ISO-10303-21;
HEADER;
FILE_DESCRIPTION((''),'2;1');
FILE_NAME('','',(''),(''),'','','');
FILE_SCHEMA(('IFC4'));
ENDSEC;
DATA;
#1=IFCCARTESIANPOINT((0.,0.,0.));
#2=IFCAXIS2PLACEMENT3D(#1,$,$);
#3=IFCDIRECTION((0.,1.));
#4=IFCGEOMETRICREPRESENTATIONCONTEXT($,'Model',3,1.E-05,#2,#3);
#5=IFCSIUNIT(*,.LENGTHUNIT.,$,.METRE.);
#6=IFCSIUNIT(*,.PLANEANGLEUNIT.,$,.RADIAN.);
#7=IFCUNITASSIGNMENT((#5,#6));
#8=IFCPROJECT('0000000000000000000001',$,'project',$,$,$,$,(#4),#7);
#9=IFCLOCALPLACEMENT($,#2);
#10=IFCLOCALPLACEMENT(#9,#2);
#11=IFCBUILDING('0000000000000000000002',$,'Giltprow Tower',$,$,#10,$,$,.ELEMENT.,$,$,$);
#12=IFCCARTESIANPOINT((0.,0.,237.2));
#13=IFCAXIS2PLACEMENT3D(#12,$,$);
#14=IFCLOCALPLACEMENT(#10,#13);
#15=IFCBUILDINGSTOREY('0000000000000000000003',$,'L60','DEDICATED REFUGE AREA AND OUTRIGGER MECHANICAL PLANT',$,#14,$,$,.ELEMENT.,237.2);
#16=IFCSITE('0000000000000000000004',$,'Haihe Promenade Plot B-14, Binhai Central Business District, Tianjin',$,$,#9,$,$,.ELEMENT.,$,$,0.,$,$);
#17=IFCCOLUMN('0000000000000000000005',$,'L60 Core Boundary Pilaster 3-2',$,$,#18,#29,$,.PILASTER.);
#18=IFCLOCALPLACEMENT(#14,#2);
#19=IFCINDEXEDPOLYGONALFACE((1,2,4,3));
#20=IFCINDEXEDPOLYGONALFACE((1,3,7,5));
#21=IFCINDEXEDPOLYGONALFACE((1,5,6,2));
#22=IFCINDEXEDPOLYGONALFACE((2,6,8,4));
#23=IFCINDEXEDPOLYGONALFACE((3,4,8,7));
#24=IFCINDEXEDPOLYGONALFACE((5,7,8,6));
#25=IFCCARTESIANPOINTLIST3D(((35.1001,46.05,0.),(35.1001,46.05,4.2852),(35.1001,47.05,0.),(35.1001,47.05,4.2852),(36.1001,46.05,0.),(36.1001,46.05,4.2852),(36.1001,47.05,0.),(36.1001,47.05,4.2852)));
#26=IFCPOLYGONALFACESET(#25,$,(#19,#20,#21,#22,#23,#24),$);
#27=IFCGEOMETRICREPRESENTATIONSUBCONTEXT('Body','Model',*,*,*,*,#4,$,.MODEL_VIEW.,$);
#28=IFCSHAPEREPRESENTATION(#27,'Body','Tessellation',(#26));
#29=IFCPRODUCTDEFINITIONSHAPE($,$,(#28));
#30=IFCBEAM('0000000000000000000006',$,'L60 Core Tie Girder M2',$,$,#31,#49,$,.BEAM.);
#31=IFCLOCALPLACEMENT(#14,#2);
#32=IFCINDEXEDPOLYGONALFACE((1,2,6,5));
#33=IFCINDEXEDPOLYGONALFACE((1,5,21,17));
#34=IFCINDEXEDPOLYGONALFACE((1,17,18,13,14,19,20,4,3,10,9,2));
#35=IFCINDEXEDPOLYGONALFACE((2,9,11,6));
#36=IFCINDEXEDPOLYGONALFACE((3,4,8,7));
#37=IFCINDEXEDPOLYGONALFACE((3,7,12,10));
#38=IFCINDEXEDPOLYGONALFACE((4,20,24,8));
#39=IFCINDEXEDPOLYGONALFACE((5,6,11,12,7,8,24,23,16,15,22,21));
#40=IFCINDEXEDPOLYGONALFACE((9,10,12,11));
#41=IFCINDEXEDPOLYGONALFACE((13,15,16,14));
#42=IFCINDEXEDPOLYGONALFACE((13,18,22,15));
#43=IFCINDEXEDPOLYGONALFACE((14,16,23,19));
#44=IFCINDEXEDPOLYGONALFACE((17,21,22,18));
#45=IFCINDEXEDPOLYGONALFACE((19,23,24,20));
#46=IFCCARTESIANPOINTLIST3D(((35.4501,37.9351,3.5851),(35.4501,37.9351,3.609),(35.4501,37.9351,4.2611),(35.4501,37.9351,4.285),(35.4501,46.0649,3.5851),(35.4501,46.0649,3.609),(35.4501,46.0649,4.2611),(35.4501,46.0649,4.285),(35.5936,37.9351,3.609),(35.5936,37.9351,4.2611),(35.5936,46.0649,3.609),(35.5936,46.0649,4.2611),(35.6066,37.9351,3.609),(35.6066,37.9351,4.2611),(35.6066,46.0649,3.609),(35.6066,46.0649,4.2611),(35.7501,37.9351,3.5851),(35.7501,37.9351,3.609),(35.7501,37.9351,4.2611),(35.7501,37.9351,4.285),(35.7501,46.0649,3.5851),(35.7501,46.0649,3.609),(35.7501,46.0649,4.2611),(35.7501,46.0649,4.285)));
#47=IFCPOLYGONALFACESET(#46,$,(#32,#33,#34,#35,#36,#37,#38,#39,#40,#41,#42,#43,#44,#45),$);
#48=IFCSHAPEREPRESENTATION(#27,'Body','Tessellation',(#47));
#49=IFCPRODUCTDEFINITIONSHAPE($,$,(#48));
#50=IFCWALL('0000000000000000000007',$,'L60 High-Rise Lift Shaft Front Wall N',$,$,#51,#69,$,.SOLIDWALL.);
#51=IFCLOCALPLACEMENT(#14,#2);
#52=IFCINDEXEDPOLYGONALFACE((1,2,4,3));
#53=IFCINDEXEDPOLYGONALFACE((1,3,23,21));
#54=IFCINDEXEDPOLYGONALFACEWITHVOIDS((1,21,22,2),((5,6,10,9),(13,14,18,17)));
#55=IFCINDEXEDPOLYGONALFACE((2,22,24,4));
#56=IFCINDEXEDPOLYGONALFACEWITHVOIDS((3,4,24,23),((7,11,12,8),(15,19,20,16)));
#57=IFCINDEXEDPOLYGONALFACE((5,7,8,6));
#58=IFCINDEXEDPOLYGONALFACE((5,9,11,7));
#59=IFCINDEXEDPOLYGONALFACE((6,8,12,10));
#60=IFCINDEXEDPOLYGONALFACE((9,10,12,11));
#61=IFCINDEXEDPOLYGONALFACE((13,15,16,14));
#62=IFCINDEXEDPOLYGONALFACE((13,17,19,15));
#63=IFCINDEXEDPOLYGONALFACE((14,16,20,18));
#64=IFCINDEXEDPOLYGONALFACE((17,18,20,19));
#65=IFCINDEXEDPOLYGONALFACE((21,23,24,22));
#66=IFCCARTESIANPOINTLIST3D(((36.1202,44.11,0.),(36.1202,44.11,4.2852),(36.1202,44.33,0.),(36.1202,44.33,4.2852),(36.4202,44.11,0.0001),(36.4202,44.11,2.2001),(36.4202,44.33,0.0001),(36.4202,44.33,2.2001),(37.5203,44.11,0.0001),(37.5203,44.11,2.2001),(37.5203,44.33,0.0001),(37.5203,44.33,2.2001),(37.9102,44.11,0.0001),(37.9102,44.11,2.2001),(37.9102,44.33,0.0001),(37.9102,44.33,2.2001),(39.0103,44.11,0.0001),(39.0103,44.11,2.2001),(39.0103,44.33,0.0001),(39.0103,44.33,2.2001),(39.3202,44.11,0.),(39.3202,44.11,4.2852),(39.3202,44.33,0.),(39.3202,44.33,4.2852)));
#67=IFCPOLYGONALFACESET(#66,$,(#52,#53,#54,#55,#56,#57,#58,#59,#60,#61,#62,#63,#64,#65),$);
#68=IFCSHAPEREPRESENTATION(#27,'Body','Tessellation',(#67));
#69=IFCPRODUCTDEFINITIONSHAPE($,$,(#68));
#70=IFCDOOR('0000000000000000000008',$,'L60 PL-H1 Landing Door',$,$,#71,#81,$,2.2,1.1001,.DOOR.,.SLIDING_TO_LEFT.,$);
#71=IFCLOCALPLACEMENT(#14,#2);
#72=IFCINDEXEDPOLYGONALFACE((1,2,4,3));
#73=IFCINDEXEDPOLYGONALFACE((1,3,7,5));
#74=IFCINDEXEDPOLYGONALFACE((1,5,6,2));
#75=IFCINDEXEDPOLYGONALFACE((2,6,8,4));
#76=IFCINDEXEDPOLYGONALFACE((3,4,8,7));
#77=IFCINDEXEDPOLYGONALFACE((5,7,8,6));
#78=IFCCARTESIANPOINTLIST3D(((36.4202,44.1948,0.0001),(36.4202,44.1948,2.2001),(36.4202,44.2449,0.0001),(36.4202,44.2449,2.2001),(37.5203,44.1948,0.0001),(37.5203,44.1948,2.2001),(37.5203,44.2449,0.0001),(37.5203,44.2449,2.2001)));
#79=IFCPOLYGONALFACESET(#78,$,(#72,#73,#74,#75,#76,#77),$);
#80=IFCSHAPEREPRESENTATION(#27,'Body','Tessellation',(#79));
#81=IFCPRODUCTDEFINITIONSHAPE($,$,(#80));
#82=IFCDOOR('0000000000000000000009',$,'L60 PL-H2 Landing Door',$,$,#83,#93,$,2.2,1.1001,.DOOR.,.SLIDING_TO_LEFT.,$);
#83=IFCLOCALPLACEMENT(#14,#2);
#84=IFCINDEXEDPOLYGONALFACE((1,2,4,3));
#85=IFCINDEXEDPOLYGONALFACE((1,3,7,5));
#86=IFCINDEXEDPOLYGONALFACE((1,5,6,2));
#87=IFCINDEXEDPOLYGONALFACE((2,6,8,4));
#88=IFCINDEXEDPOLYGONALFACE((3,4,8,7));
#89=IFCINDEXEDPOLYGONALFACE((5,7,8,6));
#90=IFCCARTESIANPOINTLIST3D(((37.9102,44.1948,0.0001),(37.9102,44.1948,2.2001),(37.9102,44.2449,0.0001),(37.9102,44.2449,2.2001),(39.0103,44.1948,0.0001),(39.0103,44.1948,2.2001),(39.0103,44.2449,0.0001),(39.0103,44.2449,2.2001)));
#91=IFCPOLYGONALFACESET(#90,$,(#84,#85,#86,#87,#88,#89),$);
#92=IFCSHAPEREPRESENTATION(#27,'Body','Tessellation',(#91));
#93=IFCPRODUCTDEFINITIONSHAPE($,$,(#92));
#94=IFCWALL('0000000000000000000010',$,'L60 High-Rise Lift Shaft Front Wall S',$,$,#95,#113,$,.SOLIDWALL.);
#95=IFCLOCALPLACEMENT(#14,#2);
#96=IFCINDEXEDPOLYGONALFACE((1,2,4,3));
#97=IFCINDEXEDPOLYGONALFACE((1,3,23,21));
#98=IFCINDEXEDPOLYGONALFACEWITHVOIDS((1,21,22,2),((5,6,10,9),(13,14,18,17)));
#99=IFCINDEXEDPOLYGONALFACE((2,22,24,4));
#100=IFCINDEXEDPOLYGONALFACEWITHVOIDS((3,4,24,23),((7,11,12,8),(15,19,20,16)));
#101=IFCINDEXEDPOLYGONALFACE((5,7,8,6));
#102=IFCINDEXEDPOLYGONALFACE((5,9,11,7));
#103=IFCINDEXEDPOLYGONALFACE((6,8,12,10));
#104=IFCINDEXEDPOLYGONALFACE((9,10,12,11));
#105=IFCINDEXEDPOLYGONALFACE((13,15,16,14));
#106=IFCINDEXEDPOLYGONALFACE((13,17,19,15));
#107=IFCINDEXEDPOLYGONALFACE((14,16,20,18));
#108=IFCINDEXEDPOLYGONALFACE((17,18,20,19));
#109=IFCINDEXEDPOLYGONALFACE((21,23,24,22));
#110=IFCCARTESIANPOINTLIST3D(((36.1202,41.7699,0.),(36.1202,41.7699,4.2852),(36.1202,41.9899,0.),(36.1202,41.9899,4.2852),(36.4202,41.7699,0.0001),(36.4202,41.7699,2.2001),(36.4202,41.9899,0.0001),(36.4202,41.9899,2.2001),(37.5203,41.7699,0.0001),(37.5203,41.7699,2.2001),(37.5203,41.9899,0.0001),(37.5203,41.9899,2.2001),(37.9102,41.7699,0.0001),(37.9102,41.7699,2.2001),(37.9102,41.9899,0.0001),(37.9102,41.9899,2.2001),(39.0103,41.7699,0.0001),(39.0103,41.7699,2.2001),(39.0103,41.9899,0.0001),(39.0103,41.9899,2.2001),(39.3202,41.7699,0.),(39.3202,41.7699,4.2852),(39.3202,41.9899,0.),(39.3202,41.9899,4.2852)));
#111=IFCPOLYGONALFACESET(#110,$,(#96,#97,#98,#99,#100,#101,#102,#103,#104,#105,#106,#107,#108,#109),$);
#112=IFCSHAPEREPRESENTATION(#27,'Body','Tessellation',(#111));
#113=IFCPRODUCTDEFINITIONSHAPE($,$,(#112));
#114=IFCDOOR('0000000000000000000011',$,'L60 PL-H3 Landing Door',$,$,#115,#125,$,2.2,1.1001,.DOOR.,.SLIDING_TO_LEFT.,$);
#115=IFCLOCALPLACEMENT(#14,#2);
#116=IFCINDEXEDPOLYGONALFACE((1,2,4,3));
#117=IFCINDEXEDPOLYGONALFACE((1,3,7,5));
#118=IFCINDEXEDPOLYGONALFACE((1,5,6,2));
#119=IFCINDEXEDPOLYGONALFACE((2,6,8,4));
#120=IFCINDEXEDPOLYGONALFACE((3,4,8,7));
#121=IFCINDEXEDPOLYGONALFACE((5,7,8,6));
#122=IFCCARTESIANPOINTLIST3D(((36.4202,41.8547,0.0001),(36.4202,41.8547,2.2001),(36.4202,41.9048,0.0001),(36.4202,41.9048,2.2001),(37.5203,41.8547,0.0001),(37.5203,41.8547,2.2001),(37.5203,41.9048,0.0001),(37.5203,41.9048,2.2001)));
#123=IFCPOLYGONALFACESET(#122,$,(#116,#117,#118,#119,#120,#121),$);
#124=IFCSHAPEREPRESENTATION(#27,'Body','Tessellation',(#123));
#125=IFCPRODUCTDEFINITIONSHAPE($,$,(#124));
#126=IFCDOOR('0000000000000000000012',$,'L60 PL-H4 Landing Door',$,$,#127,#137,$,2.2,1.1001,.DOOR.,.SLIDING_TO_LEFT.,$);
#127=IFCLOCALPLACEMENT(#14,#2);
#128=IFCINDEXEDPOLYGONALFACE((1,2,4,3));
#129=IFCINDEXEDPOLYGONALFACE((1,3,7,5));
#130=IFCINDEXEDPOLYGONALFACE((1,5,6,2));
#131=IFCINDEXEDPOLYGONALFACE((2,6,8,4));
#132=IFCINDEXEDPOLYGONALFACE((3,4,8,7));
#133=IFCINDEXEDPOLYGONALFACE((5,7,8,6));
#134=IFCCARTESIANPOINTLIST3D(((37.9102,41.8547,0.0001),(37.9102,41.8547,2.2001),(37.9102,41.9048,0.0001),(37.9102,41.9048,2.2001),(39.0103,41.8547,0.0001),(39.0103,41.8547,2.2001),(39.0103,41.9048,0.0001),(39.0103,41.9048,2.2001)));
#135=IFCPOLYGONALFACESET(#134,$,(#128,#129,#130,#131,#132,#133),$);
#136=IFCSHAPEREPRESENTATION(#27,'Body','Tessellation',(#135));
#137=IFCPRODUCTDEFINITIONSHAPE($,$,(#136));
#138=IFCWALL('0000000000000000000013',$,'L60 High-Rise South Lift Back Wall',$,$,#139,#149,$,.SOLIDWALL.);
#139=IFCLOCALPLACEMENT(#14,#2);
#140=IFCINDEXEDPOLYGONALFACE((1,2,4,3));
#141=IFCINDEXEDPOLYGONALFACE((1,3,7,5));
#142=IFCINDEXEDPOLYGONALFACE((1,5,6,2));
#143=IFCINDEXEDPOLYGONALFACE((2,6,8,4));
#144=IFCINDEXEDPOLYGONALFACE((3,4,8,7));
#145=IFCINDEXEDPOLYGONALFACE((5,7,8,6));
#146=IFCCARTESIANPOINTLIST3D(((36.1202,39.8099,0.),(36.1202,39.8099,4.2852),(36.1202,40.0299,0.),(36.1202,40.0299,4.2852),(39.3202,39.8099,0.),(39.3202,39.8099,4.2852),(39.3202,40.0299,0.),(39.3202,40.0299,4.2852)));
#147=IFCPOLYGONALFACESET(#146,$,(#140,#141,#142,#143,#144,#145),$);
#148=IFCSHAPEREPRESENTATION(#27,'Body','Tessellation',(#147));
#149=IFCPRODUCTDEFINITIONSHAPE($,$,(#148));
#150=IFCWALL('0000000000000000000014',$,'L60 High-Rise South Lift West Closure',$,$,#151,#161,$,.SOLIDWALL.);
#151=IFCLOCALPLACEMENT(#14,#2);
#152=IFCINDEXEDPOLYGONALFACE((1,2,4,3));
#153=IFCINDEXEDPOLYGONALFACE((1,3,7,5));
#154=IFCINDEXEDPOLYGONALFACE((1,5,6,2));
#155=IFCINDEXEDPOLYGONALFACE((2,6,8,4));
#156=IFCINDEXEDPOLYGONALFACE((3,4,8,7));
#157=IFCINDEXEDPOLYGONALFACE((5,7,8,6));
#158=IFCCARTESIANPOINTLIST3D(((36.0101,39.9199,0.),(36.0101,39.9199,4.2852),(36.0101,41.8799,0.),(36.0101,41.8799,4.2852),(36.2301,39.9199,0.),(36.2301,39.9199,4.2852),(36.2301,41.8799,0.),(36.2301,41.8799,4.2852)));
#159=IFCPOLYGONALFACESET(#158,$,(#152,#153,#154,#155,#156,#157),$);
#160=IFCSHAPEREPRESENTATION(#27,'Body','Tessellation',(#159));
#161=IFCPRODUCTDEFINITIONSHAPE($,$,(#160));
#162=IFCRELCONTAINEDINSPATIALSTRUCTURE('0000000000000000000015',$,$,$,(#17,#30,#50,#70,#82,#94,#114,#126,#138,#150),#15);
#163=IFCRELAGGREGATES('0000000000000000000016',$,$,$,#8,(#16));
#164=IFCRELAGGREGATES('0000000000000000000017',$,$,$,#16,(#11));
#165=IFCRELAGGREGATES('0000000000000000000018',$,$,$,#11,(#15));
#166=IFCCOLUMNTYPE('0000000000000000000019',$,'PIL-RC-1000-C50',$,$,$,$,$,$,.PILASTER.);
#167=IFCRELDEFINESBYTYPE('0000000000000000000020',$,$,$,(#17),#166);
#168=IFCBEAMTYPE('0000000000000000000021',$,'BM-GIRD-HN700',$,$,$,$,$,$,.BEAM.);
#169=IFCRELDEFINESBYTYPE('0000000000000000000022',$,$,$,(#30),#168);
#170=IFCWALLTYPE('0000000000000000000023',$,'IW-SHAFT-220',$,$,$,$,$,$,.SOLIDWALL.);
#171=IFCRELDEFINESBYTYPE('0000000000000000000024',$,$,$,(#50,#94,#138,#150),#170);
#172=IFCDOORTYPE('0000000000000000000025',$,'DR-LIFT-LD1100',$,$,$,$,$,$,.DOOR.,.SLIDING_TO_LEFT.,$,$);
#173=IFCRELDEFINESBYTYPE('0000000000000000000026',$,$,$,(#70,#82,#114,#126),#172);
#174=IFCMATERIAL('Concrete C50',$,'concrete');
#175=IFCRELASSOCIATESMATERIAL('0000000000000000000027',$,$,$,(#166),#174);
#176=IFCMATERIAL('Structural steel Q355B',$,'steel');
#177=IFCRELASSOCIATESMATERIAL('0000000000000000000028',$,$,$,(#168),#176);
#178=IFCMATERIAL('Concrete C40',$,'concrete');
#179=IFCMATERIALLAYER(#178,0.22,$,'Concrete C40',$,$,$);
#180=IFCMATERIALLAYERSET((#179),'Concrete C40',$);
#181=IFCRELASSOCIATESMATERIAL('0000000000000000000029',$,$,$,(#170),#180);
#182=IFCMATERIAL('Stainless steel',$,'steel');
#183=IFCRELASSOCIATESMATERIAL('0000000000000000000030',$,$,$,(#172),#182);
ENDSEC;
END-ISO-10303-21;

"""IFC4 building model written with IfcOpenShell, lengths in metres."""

from ifc_helpers import new_model, si_unit, direction, frame, frame_2d, origin, origin_2d, place, context, subcontext, project, spatial, rectangle, i_section, extrude, source, transform, mapped, material, layer, layer_set, material_profile, profile_set, type_object, element, fill, save


model = new_model("IFC4")

# Units and contexts
model_context = context("Model", 3, precision=1e-05, world=origin(), true_north=direction((0.0, 1.0)))
body_context = subcontext(model_context, "Body", "Model", "MODEL_VIEW")
ifc_project = project(units=[si_unit("LENGTHUNIT", "METRE"), si_unit("PLANEANGLEUNIT", "RADIAN")], contexts=[model_context])

# Site, building, storey
site_placement = place(None, origin())
site = spatial("IfcSite", under=ifc_project, at=site_placement, Name="Haihe Promenade Plot B-14, Binhai Central Business District, Tianjin", CompositionType="ELEMENT", RefElevation=0.0)
building_placement = place(site_placement, origin())
building = spatial("IfcBuilding", under=site, at=building_placement, Name="Giltprow Tower", CompositionType="ELEMENT")
storey_placement = place(building_placement, frame((0.0, 0.0, 237.2)))
storey = spatial("IfcBuildingStorey", under=building, at=storey_placement, Name="L60", Description="DEDICATED REFUGE AREA AND OUTRIGGER MECHANICAL PLANT", CompositionType="ELEMENT", Elevation=237.2)

# Column
ifc_material_1 = material(Name="Concrete C50", Category="concrete")
ifc_material_profile_1 = material_profile(ifc_material_1, rectangle(XDim=1.0, YDim=1.0, at=origin_2d()), Name="RC 1000x1000")
ifc_profile_set_1 = profile_set([ifc_material_profile_1], Name="Concrete C50")
column_type = type_object("IfcColumnType", Name="PIL-RC-1000-C50", PredefinedType="PILASTER", material=ifc_profile_set_1)
shared_shape_1 = source(origin(), body_context, "Body", "SweptSolid", [
    extrude(rectangle(XDim=1.0, YDim=1.0, at=origin_2d()), origin(), (0.0, 0.0, 1.0), 4.2852),
])
column_placement = place(storey_placement, frame((35.6001, 46.55, 0.0), z_axis=(0.0, 0.0, 1.0), x_axis=(1.0, 0.0, 0.0)))
element("IfcColumn", 1, at=column_placement, inside=storey, type_object=column_type, Name="L60 Core Boundary Pilaster 3-2", PredefinedType="PILASTER", context=body_context, shape_type="MappedRepresentation", body=[
    mapped(shared_shape_1, transform((0.0, 0.0, 0.0), x_axis=(1.0, 0.0, 0.0), y_axis=(0.0, 1.0, 0.0), z_axis=(0.0, 0.0, 1.0), scale=1.0)),
])

# Beam
ifc_material_2 = material(Name="Structural steel Q355B", Category="steel")
ifc_material_profile_2 = material_profile(ifc_material_2, i_section(OverallWidth=0.3, OverallDepth=0.7, WebThickness=0.0129, FlangeThickness=0.0239, at=origin_2d()), Name="HN 700x300x13x24")
ifc_profile_set_2 = profile_set([ifc_material_profile_2], Name="Structural steel Q355B")
beam_type = type_object("IfcBeamType", Name="BM-GIRD-HN700", PredefinedType="BEAM", material=ifc_profile_set_2)
shared_shape_2 = source(origin(), body_context, "Body", "SweptSolid", [
    extrude(i_section(OverallWidth=0.3, OverallDepth=0.7, WebThickness=0.0129, FlangeThickness=0.0239, at=origin_2d()), origin(), (0.0, 0.0, 1.0), 8.1299),
])
beam_placement = place(storey_placement, frame((35.6001, 37.9351, 3.9351), z_axis=(0.0, 1.0, 0.0), x_axis=(-1.0, 0.0, 0.0)))
element("IfcBeam", 2, at=beam_placement, inside=storey, type_object=beam_type, Name="L60 Core Tie Girder M2", PredefinedType="BEAM", context=body_context, shape_type="MappedRepresentation", body=[
    mapped(shared_shape_2, transform((0.0, 0.0, 0.0), x_axis=(1.0, 0.0, 0.0), y_axis=(0.0, 1.0, 0.0), z_axis=(0.0, 0.0, 1.0), scale=1.0)),
])

# Walls, openings, doors
ifc_material_3 = material(Name="Concrete C40", Category="concrete")
ifc_layer_1 = layer(ifc_material_3, 0.22, Name="Concrete C40")
ifc_layer_set_1 = layer_set([ifc_layer_1], Name="Concrete C40")
wall_type_1 = type_object("IfcWallType", Name="IW-SHAFT-220", PredefinedType="SOLIDWALL", material=ifc_layer_set_1)
wall_1_placement = place(storey_placement, frame((36.1201, 44.22, 0.0), z_axis=(0.0, 0.0, 1.0), x_axis=(1.0, 0.0, 0.0)))
wall_1 = element("IfcWall", 3, at=wall_1_placement, inside=storey, type_object=wall_type_1, Name="L60 High-Rise Lift Shaft Front Wall N", PredefinedType="SOLIDWALL", context=body_context, shape_type="SweptSolid", body=[
    extrude(rectangle(XDim=3.2, YDim=0.22, at=frame_2d((1.6001, 0.0))), origin(), (0.0, 0.0, 1.0), 4.2852),
])
opening_1_placement = place(wall_1_placement, frame((0.3, 0.0, 0.0)))
opening_1 = element("IfcOpeningElement", 4, at=opening_1_placement, cuts=wall_1, PredefinedType="OPENING", context=body_context, shape_type="SweptSolid", body=[
    extrude(rectangle(XDim=1.1001, YDim=2.2, at=frame_2d((0.55, 1.1001))), frame((0.0, 0.1199, 0.0), z_axis=(0.0, -1.0, 0.0), x_axis=(1.0, 0.0, 0.0)), (0.0, 0.0, 1.0), 0.24),
])
opening_2_placement = place(wall_1_placement, frame((1.79, 0.0, 0.0)))
opening_2 = element("IfcOpeningElement", 5, at=opening_2_placement, cuts=wall_1, PredefinedType="OPENING", context=body_context, shape_type="SweptSolid", body=[
    extrude(rectangle(XDim=1.1001, YDim=2.2, at=frame_2d((0.55, 1.1001))), frame((0.0, 0.1199, 0.0), z_axis=(0.0, -1.0, 0.0), x_axis=(1.0, 0.0, 0.0)), (0.0, 0.0, 1.0), 0.24),
])
ifc_material_4 = material(Name="Stainless steel", Category="steel")
door_type_1 = type_object("IfcDoorType", Name="DR-LIFT-LD1100", OperationType="SLIDING_TO_LEFT", PredefinedType="DOOR", material=ifc_material_4)
shared_shape_3 = source(origin(), body_context, "Body", "SweptSolid", [
    extrude(rectangle(XDim=1.1001, YDim=2.2, at=frame_2d((0.55, 1.1001))), frame((0.0, 0.0249, 0.0), z_axis=(0.0, -1.0, 0.0), x_axis=(1.0, 0.0, 0.0)), (0.0, 0.0, 1.0), 0.05),
])
door_1_placement = place(opening_1_placement, origin())
door_1 = element("IfcDoor", 6, at=door_1_placement, inside=storey, type_object=door_type_1, Name="L60 PL-H1 Landing Door", OperationType="SLIDING_TO_LEFT", OverallHeight=2.2, OverallWidth=1.1001, PredefinedType="DOOR", context=body_context, shape_type="MappedRepresentation", body=[
    mapped(shared_shape_3, transform((0.0, 0.0, 0.0), x_axis=(1.0, 0.0, 0.0), y_axis=(0.0, 1.0, 0.0), z_axis=(0.0, 0.0, 1.0), scale=1.0)),
])
fill(opening_1, door_1)
door_2_placement = place(opening_2_placement, origin())
door_2 = element("IfcDoor", 7, at=door_2_placement, inside=storey, type_object=door_type_1, Name="L60 PL-H2 Landing Door", OperationType="SLIDING_TO_LEFT", OverallHeight=2.2, OverallWidth=1.1001, PredefinedType="DOOR", context=body_context, shape_type="MappedRepresentation", body=[
    mapped(shared_shape_3, transform((0.0, 0.0, 0.0), x_axis=(1.0, 0.0, 0.0), y_axis=(0.0, 1.0, 0.0), z_axis=(0.0, 0.0, 1.0), scale=1.0)),
])
fill(opening_2, door_2)
wall_2_placement = place(storey_placement, frame((36.1201, 41.8799, 0.0), z_axis=(0.0, 0.0, 1.0), x_axis=(1.0, 0.0, 0.0)))
wall_2 = element("IfcWall", 8, at=wall_2_placement, inside=storey, type_object=wall_type_1, Name="L60 High-Rise Lift Shaft Front Wall S", PredefinedType="SOLIDWALL", context=body_context, shape_type="SweptSolid", body=[
    extrude(rectangle(XDim=3.2, YDim=0.22, at=frame_2d((1.6001, 0.0))), origin(), (0.0, 0.0, 1.0), 4.2852),
])
opening_3_placement = place(wall_2_placement, frame((0.3, 0.0, 0.0)))
opening_3 = element("IfcOpeningElement", 9, at=opening_3_placement, cuts=wall_2, PredefinedType="OPENING", context=body_context, shape_type="SweptSolid", body=[
    extrude(rectangle(XDim=1.1001, YDim=2.2, at=frame_2d((0.55, 1.1001))), frame((0.0, 0.1199, 0.0), z_axis=(0.0, -1.0, 0.0), x_axis=(1.0, 0.0, 0.0)), (0.0, 0.0, 1.0), 0.24),
])
opening_4_placement = place(wall_2_placement, frame((1.79, 0.0, 0.0)))
opening_4 = element("IfcOpeningElement", 10, at=opening_4_placement, cuts=wall_2, PredefinedType="OPENING", context=body_context, shape_type="SweptSolid", body=[
    extrude(rectangle(XDim=1.1001, YDim=2.2, at=frame_2d((0.55, 1.1001))), frame((0.0, 0.1199, 0.0), z_axis=(0.0, -1.0, 0.0), x_axis=(1.0, 0.0, 0.0)), (0.0, 0.0, 1.0), 0.24),
])
door_3_placement = place(opening_3_placement, origin())
door_3 = element("IfcDoor", 11, at=door_3_placement, inside=storey, type_object=door_type_1, Name="L60 PL-H3 Landing Door", OperationType="SLIDING_TO_LEFT", OverallHeight=2.2, OverallWidth=1.1001, PredefinedType="DOOR", context=body_context, shape_type="MappedRepresentation", body=[
    mapped(shared_shape_3, transform((0.0, 0.0, 0.0), x_axis=(1.0, 0.0, 0.0), y_axis=(0.0, 1.0, 0.0), z_axis=(0.0, 0.0, 1.0), scale=1.0)),
])
fill(opening_3, door_3)
door_4_placement = place(opening_4_placement, origin())
door_4 = element("IfcDoor", 12, at=door_4_placement, inside=storey, type_object=door_type_1, Name="L60 PL-H4 Landing Door", OperationType="SLIDING_TO_LEFT", OverallHeight=2.2, OverallWidth=1.1001, PredefinedType="DOOR", context=body_context, shape_type="MappedRepresentation", body=[
    mapped(shared_shape_3, transform((0.0, 0.0, 0.0), x_axis=(1.0, 0.0, 0.0), y_axis=(0.0, 1.0, 0.0), z_axis=(0.0, 0.0, 1.0), scale=1.0)),
])
fill(opening_4, door_4)

# Walls
wall_3_placement = place(storey_placement, frame((36.1201, 39.9199, 0.0), z_axis=(0.0, 0.0, 1.0), x_axis=(1.0, 0.0, 0.0)))
element("IfcWall", 13, at=wall_3_placement, inside=storey, type_object=wall_type_1, Name="L60 High-Rise South Lift Back Wall", PredefinedType="SOLIDWALL", context=body_context, shape_type="SweptSolid", body=[
    extrude(rectangle(XDim=3.2, YDim=0.22, at=frame_2d((1.6001, 0.0))), origin(), (0.0, 0.0, 1.0), 4.2852),
])
wall_4_placement = place(storey_placement, frame((36.1201, 39.9199, 0.0), z_axis=(0.0, 0.0, 1.0), x_axis=(0.0, 1.0, 0.0)))
element("IfcWall", 14, at=wall_4_placement, inside=storey, type_object=wall_type_1, Name="L60 High-Rise South Lift West Closure", PredefinedType="SOLIDWALL", context=body_context, shape_type="SweptSolid", body=[
    extrude(rectangle(XDim=1.96, YDim=0.22, at=frame_2d((0.98, 0.0))), origin(), (0.0, 0.0, 1.0), 4.2852),
])

save(model, "model.ifc")
